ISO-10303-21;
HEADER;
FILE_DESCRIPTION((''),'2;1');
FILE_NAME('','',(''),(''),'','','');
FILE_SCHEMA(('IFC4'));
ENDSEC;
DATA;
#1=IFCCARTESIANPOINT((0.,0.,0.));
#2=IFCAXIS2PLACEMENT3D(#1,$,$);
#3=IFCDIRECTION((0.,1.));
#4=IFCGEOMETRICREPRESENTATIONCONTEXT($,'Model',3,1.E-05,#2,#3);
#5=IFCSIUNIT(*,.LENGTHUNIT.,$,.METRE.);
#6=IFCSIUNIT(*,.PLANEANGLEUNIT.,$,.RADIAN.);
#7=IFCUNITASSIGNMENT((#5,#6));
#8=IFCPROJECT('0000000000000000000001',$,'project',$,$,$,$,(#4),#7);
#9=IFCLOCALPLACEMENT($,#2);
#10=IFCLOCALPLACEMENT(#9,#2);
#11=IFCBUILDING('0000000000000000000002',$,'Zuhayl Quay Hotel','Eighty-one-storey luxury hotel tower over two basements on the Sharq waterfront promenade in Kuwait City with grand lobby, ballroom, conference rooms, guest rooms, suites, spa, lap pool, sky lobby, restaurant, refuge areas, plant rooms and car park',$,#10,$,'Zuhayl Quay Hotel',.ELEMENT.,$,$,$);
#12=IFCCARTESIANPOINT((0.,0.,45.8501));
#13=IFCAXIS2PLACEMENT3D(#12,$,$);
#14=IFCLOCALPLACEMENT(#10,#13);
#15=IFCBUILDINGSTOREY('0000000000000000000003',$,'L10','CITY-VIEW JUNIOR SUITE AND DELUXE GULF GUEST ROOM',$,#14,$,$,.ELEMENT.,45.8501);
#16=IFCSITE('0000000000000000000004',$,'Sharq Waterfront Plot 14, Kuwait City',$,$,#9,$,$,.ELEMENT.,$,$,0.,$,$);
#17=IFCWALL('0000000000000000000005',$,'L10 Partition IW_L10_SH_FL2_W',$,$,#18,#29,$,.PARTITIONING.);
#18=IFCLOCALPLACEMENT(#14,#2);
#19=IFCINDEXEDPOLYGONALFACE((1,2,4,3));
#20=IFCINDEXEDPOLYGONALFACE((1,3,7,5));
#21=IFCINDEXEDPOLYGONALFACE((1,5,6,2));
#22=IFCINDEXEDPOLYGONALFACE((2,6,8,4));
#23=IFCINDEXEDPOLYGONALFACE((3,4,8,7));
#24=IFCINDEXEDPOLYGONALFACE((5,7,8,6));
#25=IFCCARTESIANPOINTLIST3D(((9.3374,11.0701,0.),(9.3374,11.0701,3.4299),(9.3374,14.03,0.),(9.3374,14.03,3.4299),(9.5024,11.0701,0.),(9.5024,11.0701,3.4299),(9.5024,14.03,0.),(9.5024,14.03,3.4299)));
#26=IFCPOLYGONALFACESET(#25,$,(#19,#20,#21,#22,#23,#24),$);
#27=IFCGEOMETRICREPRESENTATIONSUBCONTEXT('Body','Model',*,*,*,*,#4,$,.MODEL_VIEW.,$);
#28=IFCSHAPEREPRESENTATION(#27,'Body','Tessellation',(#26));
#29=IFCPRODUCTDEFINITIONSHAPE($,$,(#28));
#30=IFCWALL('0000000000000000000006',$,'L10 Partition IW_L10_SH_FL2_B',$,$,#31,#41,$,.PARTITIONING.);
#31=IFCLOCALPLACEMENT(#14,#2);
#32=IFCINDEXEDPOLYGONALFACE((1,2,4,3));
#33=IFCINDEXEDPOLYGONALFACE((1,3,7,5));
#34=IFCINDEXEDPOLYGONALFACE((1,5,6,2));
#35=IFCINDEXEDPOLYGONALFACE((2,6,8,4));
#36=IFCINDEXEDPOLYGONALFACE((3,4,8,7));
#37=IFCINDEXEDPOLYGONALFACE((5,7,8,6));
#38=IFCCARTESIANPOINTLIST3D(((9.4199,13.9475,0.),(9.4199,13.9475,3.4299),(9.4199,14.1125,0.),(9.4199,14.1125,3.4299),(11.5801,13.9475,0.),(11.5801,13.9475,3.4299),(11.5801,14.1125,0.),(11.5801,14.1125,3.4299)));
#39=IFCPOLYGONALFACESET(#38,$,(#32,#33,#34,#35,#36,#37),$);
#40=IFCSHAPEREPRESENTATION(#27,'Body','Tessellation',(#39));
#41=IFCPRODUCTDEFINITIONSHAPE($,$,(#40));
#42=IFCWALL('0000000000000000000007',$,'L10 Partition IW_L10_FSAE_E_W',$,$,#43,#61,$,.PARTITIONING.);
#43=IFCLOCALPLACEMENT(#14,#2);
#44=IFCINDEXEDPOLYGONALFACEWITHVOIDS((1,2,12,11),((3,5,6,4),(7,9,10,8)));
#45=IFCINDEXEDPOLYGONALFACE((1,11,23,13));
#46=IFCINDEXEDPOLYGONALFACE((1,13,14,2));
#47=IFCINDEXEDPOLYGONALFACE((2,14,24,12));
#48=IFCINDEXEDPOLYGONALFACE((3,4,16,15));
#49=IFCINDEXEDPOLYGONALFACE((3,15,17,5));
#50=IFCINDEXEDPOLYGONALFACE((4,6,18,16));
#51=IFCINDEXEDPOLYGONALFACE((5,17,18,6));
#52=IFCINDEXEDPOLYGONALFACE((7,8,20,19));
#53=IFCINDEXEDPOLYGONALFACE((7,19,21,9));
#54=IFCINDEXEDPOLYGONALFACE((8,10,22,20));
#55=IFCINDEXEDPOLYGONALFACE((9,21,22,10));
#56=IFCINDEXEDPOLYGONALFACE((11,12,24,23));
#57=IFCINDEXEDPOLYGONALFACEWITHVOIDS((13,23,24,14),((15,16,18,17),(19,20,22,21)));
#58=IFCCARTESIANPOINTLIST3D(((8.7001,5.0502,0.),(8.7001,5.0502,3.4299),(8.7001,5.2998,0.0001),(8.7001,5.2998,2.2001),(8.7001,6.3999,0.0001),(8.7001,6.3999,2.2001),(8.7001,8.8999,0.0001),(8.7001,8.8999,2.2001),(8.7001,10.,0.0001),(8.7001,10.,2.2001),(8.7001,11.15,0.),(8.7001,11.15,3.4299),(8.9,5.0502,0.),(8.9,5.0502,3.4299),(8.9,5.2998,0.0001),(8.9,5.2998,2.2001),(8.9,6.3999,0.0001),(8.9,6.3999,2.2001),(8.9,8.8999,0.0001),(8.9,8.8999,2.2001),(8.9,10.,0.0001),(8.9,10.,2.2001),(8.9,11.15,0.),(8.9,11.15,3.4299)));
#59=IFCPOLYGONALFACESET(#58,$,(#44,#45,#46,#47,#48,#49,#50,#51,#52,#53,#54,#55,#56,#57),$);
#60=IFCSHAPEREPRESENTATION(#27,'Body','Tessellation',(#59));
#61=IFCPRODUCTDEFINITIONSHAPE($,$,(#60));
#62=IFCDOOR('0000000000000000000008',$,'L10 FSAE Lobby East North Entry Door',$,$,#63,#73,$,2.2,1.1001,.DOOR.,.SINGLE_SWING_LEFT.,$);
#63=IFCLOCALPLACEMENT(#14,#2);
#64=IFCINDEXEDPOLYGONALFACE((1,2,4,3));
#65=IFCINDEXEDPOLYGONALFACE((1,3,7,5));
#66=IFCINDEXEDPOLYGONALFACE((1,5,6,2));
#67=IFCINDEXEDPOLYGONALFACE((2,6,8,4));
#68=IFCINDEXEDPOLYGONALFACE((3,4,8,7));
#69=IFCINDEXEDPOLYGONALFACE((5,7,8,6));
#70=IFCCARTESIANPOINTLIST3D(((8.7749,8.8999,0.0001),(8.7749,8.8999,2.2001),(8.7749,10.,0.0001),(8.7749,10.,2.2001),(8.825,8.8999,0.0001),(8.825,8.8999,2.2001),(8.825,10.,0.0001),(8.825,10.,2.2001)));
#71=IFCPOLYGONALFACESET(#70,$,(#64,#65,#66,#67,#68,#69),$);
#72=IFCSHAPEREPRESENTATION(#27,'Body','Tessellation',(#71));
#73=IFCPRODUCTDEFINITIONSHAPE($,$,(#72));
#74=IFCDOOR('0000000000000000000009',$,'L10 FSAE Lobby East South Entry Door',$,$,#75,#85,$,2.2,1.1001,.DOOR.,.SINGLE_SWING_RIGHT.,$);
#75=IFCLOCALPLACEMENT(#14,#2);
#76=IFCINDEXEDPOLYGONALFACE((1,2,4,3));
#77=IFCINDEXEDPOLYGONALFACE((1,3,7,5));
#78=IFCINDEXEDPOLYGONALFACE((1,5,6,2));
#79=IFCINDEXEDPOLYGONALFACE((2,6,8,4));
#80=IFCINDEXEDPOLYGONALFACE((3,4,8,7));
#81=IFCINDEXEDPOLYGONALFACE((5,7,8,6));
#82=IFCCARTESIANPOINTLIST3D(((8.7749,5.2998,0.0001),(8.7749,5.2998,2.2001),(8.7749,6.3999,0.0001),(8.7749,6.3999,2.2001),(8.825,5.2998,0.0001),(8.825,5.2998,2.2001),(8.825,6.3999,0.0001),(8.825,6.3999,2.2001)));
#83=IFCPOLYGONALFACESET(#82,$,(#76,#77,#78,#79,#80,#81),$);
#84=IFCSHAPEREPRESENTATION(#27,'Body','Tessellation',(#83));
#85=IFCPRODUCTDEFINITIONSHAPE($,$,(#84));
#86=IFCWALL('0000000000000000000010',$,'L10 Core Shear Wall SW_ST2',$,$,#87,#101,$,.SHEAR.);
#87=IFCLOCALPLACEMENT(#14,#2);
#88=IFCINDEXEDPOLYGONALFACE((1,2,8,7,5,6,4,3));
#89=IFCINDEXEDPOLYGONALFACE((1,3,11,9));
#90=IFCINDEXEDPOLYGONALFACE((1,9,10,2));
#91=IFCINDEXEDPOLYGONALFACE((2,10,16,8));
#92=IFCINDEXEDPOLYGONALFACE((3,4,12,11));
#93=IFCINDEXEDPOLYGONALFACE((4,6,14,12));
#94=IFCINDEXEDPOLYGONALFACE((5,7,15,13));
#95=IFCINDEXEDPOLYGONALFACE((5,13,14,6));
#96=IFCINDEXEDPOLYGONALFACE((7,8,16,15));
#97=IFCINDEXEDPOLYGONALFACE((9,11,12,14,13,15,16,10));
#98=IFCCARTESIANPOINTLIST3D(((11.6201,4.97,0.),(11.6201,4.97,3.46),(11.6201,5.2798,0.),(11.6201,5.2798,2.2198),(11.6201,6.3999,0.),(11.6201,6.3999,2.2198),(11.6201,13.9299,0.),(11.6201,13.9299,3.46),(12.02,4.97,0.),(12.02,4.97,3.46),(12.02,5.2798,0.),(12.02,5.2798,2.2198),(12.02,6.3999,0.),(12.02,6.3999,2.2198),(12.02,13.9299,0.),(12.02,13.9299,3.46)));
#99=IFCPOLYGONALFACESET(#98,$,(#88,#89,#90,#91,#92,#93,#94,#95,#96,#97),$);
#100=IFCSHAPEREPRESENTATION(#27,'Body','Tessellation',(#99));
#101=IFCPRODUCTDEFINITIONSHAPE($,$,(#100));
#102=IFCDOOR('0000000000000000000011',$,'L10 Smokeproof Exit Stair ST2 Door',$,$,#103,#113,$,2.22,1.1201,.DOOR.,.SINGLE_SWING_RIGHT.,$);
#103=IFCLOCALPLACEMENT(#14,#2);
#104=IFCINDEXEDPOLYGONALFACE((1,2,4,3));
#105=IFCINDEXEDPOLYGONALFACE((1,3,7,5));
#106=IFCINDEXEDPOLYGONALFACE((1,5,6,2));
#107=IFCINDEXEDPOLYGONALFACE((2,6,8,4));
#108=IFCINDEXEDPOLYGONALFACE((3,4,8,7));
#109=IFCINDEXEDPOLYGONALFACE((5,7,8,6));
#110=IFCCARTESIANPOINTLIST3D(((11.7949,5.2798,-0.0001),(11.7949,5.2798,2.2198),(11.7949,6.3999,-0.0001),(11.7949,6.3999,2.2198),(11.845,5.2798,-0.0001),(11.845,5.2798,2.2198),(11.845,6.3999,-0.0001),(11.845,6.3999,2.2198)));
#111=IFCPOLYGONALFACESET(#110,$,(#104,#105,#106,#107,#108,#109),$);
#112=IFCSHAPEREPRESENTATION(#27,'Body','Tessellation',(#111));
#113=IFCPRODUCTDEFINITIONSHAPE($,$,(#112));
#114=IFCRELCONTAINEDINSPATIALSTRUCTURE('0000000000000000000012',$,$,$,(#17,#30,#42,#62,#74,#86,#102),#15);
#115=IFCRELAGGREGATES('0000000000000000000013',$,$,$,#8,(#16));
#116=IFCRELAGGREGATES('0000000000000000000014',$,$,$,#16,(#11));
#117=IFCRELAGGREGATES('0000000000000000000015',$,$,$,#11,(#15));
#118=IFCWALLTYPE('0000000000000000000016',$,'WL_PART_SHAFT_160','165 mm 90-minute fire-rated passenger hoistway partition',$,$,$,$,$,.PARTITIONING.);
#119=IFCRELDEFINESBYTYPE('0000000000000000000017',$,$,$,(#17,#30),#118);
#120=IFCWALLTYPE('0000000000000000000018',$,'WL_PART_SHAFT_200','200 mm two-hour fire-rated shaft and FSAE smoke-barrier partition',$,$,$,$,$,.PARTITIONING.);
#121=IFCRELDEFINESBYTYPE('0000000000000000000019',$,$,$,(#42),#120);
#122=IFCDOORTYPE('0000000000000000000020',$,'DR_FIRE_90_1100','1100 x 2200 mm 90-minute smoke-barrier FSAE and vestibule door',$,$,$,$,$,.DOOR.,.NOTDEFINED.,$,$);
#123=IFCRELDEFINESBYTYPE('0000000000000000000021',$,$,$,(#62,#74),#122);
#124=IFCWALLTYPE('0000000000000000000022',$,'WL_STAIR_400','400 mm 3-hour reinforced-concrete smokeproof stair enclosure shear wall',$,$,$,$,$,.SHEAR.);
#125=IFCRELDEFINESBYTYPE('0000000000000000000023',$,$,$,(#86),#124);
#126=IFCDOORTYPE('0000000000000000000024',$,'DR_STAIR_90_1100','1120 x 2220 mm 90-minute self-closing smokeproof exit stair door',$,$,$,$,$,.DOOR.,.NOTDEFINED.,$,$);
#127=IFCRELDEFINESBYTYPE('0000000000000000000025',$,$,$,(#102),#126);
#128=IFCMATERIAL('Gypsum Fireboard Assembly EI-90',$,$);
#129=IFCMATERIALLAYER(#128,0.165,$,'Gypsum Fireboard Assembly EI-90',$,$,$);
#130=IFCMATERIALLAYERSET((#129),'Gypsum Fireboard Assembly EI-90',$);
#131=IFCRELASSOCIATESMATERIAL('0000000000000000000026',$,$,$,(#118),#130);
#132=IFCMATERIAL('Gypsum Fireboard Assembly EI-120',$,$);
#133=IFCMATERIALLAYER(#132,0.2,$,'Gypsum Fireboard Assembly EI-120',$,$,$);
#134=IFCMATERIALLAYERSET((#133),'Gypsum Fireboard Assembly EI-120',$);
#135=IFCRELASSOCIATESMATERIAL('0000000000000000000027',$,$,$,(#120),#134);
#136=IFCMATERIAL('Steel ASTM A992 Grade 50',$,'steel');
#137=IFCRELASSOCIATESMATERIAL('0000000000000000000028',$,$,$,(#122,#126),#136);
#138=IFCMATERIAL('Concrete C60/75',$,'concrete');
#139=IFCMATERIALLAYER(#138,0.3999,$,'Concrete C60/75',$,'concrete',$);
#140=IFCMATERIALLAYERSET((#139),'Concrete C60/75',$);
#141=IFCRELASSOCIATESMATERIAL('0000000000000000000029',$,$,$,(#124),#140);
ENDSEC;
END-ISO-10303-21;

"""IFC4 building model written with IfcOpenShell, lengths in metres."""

from ifc_helpers import new_model, si_unit, direction, frame, frame_2d, origin, place, context, subcontext, project, spatial, rectangle, extrude, material, layer, layer_set, type_object, element, fill, save


model = new_model("IFC4")

# Units and contexts
model_context = context("Model", 3, precision=1e-05, world=origin(), true_north=direction((0.0, 1.0)))
body_context = subcontext(model_context, "Body", "Model", "MODEL_VIEW")
ifc_project = project(units=[si_unit("LENGTHUNIT", "METRE"), si_unit("PLANEANGLEUNIT", "RADIAN")], contexts=[model_context])

# Site, building, storey
site_placement = place(None, origin())
site = spatial("IfcSite", under=ifc_project, at=site_placement, Name="Sharq Waterfront Plot 14, Kuwait City", CompositionType="ELEMENT", RefElevation=0.0)
building_placement = place(site_placement, origin())
building = spatial("IfcBuilding", under=site, at=building_placement, Name="Zuhayl Quay Hotel", Description="Eighty-one-storey luxury hotel tower over two basements on the Sharq waterfront promenade in Kuwait City with grand lobby, ballroom, conference rooms, guest rooms, suites, spa, lap pool, sky lobby, restaurant, refuge areas, plant rooms and car park", LongName="Zuhayl Quay Hotel", CompositionType="ELEMENT")
storey_placement = place(building_placement, frame((0.0, 0.0, 45.8501)))
storey = spatial("IfcBuildingStorey", under=building, at=storey_placement, Name="L10", Description="CITY-VIEW JUNIOR SUITE AND DELUXE GULF GUEST ROOM", CompositionType="ELEMENT", Elevation=45.8501)

# Shared definitions
ifc_material_1 = material(Name="Steel ASTM A992 Grade 50", Category="steel")

# Shared definitions
ifc_material_2 = material(Name="Gypsum Fireboard Assembly EI-90")
ifc_layer_1 = layer(ifc_material_2, 0.165, Name="Gypsum Fireboard Assembly EI-90")
ifc_layer_set_1 = layer_set([ifc_layer_1], Name="Gypsum Fireboard Assembly EI-90")
wall_type_1 = type_object("IfcWallType", Name="WL_PART_SHAFT_160", Description="165 mm 90-minute fire-rated passenger hoistway partition", PredefinedType="PARTITIONING", material=ifc_layer_set_1)

# Walls
wall_1_placement = place(storey_placement, frame((9.4199, 11.0701, 0.0), z_axis=(0.0, 0.0, 1.0), x_axis=(0.0, 1.0, 0.0)))
element("IfcWall", 1, at=wall_1_placement, inside=storey, type_object=wall_type_1, Name="L10 Partition IW_L10_SH_FL2_W", PredefinedType="PARTITIONING", context=body_context, shape_type="SweptSolid", body=[
    extrude(rectangle(XDim=2.96, YDim=0.165, at=frame_2d((1.48, 0.0))), origin(), (0.0, 0.0, 1.0), 3.4299),
])
wall_2_placement = place(storey_placement, frame((9.4199, 14.03, 0.0), z_axis=(0.0, 0.0, 1.0), x_axis=(1.0, 0.0, 0.0)))
element("IfcWall", 2, at=wall_2_placement, inside=storey, type_object=wall_type_1, Name="L10 Partition IW_L10_SH_FL2_B", PredefinedType="PARTITIONING", context=body_context, shape_type="SweptSolid", body=[
    extrude(rectangle(XDim=2.1602, YDim=0.165, at=frame_2d((1.0801, 0.0))), origin(), (0.0, 0.0, 1.0), 3.4299),
])

# Wall, openings, doors
ifc_material_3 = material(Name="Gypsum Fireboard Assembly EI-120")
ifc_layer_2 = layer(ifc_material_3, 0.2, Name="Gypsum Fireboard Assembly EI-120")
ifc_layer_set_2 = layer_set([ifc_layer_2], Name="Gypsum Fireboard Assembly EI-120")
wall_type_2 = type_object("IfcWallType", Name="WL_PART_SHAFT_200", Description="200 mm two-hour fire-rated shaft and FSAE smoke-barrier partition", PredefinedType="PARTITIONING", material=ifc_layer_set_2)
wall_3_placement = place(storey_placement, frame((8.8, 11.1499, 0.0), z_axis=(0.0, 0.0, 1.0), x_axis=(0.0, -1.0, 0.0)))
wall_3 = element("IfcWall", 3, at=wall_3_placement, inside=storey, type_object=wall_type_2, Name="L10 Partition IW_L10_FSAE_E_W", PredefinedType="PARTITIONING", context=body_context, shape_type="SweptSolid", body=[
    extrude(rectangle(XDim=6.0999, YDim=0.2, at=frame_2d((3.0498, 0.0))), origin(), (0.0, 0.0, 1.0), 3.4299),
])
opening_1_placement = place(wall_3_placement, frame((1.1499, 0.0, 0.0)))
opening_1 = element("IfcOpeningElement", 4, at=opening_1_placement, cuts=wall_3, PredefinedType="OPENING", context=body_context, shape_type="SweptSolid", body=[
    extrude(rectangle(XDim=1.1001, YDim=2.2, at=frame_2d((0.55, 1.1001))), frame((0.0, 0.1099, 0.0), z_axis=(0.0, -1.0, 0.0), x_axis=(1.0, 0.0, 0.0)), (0.0, 0.0, 1.0), 0.22),
])
opening_2_placement = place(wall_3_placement, frame((4.75, 0.0, 0.0)))
opening_2 = element("IfcOpeningElement", 5, at=opening_2_placement, cuts=wall_3, PredefinedType="OPENING", context=body_context, shape_type="SweptSolid", body=[
    extrude(rectangle(XDim=1.1001, YDim=2.2, at=frame_2d((0.55, 1.1001))), frame((0.0, 0.1099, 0.0), z_axis=(0.0, -1.0, 0.0), x_axis=(1.0, 0.0, 0.0)), (0.0, 0.0, 1.0), 0.22),
])
door_type_1 = type_object("IfcDoorType", Name="DR_FIRE_90_1100", Description="1100 x 2200 mm 90-minute smoke-barrier FSAE and vestibule door", OperationType="NOTDEFINED", PredefinedType="DOOR", material=ifc_material_1)
door_1_placement = place(opening_1_placement, origin())
door_1 = element("IfcDoor", 6, at=door_1_placement, inside=storey, type_object=door_type_1, Name="L10 FSAE Lobby East North Entry Door", OperationType="SINGLE_SWING_LEFT", OverallHeight=2.2, OverallWidth=1.1001, PredefinedType="DOOR", context=body_context, shape_type="SweptSolid", body=[
    extrude(rectangle(XDim=1.1001, YDim=2.2, at=frame_2d((0.55, 1.1001))), frame((0.0, 0.0249, 0.0), z_axis=(0.0, -1.0, 0.0), x_axis=(1.0, 0.0, 0.0)), (0.0, 0.0, 1.0), 0.05),
])
fill(opening_1, door_1)
door_2_placement = place(opening_2_placement, origin())
door_2 = element("IfcDoor", 7, at=door_2_placement, inside=storey, type_object=door_type_1, Name="L10 FSAE Lobby East South Entry Door", OperationType="SINGLE_SWING_RIGHT", OverallHeight=2.2, OverallWidth=1.1001, PredefinedType="DOOR", context=body_context, shape_type="SweptSolid", body=[
    extrude(rectangle(XDim=1.1001, YDim=2.2, at=frame_2d((0.55, 1.1001))), frame((0.0, 0.0249, 0.0), z_axis=(0.0, -1.0, 0.0), x_axis=(1.0, 0.0, 0.0)), (0.0, 0.0, 1.0), 0.05),
])
fill(opening_2, door_2)

# Wall, opening, door
ifc_material_4 = material(Name="Concrete C60/75", Category="concrete")
ifc_layer_3 = layer(ifc_material_4, 0.3999, Name="Concrete C60/75", Category="concrete")
ifc_layer_set_3 = layer_set([ifc_layer_3], Name="Concrete C60/75")
wall_type_3 = type_object("IfcWallType", Name="WL_STAIR_400", Description="400 mm 3-hour reinforced-concrete smokeproof stair enclosure shear wall", PredefinedType="SHEAR", material=ifc_layer_set_3)
wall_4_placement = place(storey_placement, frame((11.8201, 13.9299, 0.0), z_axis=(0.0, 0.0, 1.0), x_axis=(0.0, -1.0, 0.0)))
wall_4 = element("IfcWall", 8, at=wall_4_placement, inside=storey, type_object=wall_type_3, Name="L10 Core Shear Wall SW_ST2", PredefinedType="SHEAR", context=body_context, shape_type="SweptSolid", body=[
    extrude(rectangle(XDim=8.96, YDim=0.3999, at=frame_2d((4.48, 0.0))), origin(), (0.0, 0.0, 1.0), 3.46),
])
opening_3_placement = place(wall_4_placement, frame((7.53, 0.0, 0.0)))
opening_3 = element("IfcOpeningElement", 9, at=opening_3_placement, cuts=wall_4, PredefinedType="OPENING", context=body_context, shape_type="SweptSolid", body=[
    extrude(rectangle(XDim=1.1201, YDim=2.22, at=frame_2d((0.5601, 1.1099))), frame((0.0, 0.21, 0.0), z_axis=(0.0, -1.0, 0.0), x_axis=(1.0, 0.0, 0.0)), (0.0, 0.0, 1.0), 0.4199),
])
door_type_2 = type_object("IfcDoorType", Name="DR_STAIR_90_1100", Description="1120 x 2220 mm 90-minute self-closing smokeproof exit stair door", OperationType="NOTDEFINED", PredefinedType="DOOR", material=ifc_material_1)
door_3_placement = place(opening_3_placement, origin())
door_3 = element("IfcDoor", 10, at=door_3_placement, inside=storey, type_object=door_type_2, Name="L10 Smokeproof Exit Stair ST2 Door", OperationType="SINGLE_SWING_RIGHT", OverallHeight=2.22, OverallWidth=1.1201, PredefinedType="DOOR", context=body_context, shape_type="SweptSolid", body=[
    extrude(rectangle(XDim=1.1201, YDim=2.22, at=frame_2d((0.5601, 1.1099))), frame((0.0, 0.0249, 0.0), z_axis=(0.0, -1.0, 0.0), x_axis=(1.0, 0.0, 0.0)), (0.0, 0.0, 1.0), 0.05),
])
fill(opening_3, door_3)

save(model, "model.ifc")
